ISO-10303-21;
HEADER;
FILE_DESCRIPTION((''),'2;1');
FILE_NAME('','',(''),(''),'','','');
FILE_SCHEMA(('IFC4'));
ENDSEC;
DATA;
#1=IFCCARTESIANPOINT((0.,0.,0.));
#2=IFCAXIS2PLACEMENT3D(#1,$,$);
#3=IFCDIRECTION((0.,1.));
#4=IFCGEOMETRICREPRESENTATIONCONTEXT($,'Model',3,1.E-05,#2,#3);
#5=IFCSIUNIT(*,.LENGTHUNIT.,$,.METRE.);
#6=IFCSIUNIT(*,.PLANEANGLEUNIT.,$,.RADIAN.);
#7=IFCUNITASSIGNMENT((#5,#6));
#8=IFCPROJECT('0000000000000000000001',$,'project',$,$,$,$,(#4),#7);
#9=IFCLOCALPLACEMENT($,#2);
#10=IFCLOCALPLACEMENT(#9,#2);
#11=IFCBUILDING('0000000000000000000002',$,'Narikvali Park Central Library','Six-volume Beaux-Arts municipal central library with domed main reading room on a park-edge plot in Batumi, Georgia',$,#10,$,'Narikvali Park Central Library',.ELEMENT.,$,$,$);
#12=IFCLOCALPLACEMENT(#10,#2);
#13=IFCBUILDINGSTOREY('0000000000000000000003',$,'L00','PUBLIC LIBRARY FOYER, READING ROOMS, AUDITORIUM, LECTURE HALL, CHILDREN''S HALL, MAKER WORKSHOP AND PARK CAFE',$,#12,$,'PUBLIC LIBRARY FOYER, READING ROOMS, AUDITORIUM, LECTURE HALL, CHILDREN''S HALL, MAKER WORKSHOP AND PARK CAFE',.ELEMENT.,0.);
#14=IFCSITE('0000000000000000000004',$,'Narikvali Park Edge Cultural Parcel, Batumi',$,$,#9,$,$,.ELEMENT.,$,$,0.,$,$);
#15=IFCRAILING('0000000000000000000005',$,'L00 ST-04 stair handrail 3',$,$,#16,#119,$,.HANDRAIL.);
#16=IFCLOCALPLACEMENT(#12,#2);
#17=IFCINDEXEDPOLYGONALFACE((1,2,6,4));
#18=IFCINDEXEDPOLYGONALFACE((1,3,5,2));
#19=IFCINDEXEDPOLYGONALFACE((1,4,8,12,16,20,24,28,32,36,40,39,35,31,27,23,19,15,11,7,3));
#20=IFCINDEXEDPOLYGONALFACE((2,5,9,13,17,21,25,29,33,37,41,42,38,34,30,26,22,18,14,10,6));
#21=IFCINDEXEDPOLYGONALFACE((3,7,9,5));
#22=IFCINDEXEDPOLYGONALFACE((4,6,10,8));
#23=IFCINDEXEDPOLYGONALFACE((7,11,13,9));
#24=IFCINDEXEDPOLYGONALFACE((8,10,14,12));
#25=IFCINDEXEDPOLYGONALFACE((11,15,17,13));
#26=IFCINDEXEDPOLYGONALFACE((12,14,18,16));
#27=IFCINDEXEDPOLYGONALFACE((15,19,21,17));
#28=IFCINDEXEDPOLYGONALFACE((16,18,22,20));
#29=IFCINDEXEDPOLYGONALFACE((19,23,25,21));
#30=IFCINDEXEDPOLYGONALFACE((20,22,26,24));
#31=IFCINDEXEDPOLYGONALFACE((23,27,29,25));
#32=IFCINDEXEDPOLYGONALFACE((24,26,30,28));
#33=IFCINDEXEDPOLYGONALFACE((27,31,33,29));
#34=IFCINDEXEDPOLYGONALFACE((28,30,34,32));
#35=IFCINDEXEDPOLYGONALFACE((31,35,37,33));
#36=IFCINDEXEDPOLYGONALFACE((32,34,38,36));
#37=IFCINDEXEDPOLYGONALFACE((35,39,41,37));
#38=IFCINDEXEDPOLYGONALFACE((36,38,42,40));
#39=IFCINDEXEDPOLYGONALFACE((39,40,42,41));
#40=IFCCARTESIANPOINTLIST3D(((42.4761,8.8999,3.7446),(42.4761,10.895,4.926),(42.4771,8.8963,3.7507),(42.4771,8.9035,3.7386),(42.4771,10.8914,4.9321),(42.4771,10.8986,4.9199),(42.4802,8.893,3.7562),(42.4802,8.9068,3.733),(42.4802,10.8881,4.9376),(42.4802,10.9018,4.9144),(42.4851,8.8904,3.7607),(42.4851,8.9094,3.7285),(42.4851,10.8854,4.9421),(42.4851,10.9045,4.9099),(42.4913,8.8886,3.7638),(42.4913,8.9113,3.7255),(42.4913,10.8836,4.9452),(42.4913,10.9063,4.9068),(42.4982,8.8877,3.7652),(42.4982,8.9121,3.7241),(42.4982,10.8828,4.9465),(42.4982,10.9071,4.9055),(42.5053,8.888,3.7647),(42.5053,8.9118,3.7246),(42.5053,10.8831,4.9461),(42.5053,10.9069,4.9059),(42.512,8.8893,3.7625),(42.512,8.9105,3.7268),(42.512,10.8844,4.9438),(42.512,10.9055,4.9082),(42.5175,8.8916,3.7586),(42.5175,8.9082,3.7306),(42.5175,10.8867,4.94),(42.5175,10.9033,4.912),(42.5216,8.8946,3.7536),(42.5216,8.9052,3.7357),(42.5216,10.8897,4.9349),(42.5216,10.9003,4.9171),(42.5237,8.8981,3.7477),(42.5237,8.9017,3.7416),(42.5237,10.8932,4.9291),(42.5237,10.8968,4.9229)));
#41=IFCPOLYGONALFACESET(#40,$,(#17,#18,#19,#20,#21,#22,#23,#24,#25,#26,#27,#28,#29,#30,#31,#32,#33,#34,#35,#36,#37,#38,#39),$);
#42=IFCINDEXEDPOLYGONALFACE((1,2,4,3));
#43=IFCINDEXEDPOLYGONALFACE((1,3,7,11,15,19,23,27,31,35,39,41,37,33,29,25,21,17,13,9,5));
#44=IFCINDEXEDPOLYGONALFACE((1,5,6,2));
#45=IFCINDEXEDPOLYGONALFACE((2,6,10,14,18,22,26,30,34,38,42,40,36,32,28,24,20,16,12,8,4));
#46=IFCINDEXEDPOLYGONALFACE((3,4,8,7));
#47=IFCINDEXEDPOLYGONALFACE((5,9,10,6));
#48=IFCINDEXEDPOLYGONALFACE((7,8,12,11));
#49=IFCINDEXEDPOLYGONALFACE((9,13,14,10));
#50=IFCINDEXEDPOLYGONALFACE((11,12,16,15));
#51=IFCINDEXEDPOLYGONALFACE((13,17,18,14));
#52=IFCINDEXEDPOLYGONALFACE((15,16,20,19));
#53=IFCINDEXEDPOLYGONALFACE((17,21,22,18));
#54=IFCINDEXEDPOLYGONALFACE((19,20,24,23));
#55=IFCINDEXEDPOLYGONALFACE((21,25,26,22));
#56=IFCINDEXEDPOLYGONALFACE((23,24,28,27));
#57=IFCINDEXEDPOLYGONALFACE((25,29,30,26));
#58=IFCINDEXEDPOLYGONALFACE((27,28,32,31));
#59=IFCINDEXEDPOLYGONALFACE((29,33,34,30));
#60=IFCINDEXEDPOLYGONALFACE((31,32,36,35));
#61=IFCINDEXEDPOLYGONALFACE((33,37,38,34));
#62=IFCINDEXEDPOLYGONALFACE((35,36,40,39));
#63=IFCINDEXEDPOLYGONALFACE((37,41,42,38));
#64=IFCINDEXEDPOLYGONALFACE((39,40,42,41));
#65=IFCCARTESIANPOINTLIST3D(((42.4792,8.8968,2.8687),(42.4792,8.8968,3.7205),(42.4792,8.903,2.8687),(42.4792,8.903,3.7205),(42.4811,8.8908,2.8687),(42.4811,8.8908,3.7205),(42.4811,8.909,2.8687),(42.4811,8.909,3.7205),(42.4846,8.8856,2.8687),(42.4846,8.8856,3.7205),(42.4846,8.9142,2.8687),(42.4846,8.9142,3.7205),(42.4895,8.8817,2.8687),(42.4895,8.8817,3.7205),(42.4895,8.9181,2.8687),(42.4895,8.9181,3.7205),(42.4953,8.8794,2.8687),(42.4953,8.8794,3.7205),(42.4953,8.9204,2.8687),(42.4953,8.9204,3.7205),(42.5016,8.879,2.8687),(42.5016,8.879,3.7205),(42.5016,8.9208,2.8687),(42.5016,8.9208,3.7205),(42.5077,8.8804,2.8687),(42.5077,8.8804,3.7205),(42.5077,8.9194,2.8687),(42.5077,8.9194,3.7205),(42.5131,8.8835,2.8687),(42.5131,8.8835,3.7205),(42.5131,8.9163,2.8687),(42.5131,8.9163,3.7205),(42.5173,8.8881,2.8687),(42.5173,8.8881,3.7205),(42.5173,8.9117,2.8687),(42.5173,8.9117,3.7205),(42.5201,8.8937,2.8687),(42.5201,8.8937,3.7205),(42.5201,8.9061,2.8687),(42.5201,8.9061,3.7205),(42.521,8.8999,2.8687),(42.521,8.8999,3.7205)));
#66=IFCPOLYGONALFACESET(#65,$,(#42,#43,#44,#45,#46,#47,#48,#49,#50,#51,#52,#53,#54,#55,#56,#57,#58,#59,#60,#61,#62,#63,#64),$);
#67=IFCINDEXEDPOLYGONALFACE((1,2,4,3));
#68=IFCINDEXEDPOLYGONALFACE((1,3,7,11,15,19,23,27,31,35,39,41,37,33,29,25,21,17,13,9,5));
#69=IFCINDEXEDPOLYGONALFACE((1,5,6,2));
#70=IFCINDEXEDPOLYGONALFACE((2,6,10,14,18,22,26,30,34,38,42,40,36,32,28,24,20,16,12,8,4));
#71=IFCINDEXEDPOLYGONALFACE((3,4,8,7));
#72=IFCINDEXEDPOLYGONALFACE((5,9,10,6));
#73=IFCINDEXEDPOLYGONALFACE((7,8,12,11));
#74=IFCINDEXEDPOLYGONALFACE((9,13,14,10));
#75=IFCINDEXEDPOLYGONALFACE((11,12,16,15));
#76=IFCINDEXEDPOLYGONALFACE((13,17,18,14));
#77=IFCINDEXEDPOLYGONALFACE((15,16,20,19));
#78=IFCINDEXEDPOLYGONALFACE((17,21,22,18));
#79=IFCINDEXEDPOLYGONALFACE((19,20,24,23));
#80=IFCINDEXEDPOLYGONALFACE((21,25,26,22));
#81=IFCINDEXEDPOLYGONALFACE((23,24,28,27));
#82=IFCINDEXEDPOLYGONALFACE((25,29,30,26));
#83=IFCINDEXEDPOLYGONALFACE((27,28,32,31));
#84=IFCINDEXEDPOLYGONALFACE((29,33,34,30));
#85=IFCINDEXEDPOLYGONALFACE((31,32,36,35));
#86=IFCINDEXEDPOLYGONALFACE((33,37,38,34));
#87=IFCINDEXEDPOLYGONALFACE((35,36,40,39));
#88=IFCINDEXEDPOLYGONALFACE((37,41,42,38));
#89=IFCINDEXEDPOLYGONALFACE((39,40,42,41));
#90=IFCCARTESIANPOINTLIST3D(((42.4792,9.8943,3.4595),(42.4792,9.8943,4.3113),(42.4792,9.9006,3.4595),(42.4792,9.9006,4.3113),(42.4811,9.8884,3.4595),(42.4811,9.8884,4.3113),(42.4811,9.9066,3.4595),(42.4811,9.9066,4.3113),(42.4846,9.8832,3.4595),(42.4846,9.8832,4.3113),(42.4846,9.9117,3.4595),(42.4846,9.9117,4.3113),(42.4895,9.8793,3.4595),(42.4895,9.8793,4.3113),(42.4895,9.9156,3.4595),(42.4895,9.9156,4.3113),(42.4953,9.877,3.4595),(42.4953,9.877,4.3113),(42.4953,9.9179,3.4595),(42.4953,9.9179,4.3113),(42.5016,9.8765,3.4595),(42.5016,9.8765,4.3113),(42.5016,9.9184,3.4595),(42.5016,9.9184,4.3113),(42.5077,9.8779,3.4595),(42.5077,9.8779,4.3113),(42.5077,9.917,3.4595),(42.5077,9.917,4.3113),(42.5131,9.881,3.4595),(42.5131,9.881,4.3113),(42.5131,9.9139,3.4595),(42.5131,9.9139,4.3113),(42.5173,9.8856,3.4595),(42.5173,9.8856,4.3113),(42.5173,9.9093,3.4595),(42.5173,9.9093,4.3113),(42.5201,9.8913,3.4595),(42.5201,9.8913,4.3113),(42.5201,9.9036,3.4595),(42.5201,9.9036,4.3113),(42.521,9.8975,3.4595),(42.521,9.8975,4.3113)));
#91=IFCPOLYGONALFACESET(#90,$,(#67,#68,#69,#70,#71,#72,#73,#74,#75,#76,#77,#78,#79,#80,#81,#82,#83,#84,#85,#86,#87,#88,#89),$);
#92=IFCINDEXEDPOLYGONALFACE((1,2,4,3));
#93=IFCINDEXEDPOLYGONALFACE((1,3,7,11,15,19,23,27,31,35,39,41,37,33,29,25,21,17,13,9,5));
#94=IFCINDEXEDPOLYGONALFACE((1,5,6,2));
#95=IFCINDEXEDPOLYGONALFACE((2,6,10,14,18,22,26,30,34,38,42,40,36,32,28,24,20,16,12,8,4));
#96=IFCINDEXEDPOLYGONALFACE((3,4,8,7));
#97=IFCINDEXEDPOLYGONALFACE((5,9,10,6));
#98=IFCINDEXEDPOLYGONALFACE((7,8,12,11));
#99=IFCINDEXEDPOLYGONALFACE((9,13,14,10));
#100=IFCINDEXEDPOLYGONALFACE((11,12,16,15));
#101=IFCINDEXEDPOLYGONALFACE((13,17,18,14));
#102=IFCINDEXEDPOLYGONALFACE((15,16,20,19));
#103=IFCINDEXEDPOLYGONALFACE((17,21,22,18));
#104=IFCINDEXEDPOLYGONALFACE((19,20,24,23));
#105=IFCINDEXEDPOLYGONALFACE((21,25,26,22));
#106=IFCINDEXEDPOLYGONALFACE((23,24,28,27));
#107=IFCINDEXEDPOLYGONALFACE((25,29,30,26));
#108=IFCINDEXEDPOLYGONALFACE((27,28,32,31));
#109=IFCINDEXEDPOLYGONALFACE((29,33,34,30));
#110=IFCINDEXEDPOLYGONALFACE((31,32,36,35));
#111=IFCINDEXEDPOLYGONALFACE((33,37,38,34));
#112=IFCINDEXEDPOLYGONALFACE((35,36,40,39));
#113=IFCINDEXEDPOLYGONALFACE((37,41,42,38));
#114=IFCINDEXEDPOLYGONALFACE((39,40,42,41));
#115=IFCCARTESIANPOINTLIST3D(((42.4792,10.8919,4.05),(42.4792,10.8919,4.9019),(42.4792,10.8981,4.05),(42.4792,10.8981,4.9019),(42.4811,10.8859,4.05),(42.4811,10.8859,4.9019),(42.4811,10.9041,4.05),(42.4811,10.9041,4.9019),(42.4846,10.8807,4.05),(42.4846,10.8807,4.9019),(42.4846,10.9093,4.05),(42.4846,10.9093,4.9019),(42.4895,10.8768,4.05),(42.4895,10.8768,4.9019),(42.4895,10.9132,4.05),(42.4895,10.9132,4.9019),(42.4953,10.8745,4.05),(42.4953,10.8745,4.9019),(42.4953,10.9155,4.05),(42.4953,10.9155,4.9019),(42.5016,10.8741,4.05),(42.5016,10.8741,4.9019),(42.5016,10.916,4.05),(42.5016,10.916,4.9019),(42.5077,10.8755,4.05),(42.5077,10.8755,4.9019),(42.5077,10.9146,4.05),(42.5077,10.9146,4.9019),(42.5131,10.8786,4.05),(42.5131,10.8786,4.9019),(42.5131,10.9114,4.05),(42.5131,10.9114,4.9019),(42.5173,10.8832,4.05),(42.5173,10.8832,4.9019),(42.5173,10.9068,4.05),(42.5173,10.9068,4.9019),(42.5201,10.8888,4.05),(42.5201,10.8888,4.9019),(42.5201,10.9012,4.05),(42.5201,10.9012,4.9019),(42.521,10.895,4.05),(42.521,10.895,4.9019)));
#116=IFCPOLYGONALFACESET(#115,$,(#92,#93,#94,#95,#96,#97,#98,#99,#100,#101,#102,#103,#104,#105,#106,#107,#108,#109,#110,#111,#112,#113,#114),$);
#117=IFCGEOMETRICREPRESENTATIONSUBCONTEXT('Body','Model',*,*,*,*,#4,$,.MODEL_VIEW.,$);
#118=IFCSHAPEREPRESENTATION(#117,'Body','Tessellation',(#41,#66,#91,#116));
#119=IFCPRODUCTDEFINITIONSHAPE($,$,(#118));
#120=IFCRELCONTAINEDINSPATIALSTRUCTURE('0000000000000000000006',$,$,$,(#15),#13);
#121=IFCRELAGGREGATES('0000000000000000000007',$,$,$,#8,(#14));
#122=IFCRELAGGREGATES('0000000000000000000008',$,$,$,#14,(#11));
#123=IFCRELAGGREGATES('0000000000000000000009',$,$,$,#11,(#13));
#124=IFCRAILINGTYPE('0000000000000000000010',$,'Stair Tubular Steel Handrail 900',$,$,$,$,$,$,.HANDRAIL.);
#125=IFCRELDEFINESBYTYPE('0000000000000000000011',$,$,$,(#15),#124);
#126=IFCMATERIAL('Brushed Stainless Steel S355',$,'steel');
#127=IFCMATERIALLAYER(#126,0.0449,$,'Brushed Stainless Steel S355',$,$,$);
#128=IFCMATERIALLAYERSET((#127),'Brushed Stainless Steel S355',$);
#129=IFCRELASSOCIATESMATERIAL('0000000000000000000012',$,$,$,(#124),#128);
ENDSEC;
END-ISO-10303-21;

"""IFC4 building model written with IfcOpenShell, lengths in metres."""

from ifc_helpers import new_model, si_unit, direction, frame, origin, origin_2d, place, context, subcontext, project, spatial, circle, extrude, material, layer, layer_set, type_object, element, save


model = new_model("IFC4")

# Units and contexts
model_context = context("Model", 3, precision=1e-05, world=origin(), true_north=direction((0.0, 1.0)))
body_context = subcontext(model_context, "Body", "Model", "MODEL_VIEW")
ifc_project = project(units=[si_unit("LENGTHUNIT", "METRE"), si_unit("PLANEANGLEUNIT", "RADIAN")], contexts=[model_context])

# Site, building, storey
site_placement = place(None, origin())
site = spatial("IfcSite", under=ifc_project, at=site_placement, Name="Narikvali Park Edge Cultural Parcel, Batumi", CompositionType="ELEMENT", RefElevation=0.0)
building_placement = place(site_placement, origin())
building = spatial("IfcBuilding", under=site, at=building_placement, Name="Narikvali Park Central Library", Description="Six-volume Beaux-Arts municipal central library with domed main reading room on a park-edge plot in Batumi, Georgia", LongName="Narikvali Park Central Library", CompositionType="ELEMENT")
storey_placement = place(building_placement, origin())
storey = spatial("IfcBuildingStorey", under=building, at=storey_placement, Name="L00", Description="PUBLIC LIBRARY FOYER, READING ROOMS, AUDITORIUM, LECTURE HALL, CHILDREN'S HALL, MAKER WORKSHOP AND PARK CAFE", LongName="PUBLIC LIBRARY FOYER, READING ROOMS, AUDITORIUM, LECTURE HALL, CHILDREN'S HALL, MAKER WORKSHOP AND PARK CAFE", CompositionType="ELEMENT", Elevation=0.0)

# Railing
ifc_material_1 = material(Name="Brushed Stainless Steel S355", Category="steel")
ifc_layer_1 = layer(ifc_material_1, 0.0449, Name="Brushed Stainless Steel S355")
ifc_layer_set_1 = layer_set([ifc_layer_1], Name="Brushed Stainless Steel S355")
railing_type_1 = type_object("IfcRailingType", Name="Stair Tubular Steel Handrail 900", PredefinedType="HANDRAIL", material=ifc_layer_set_1)
railing_1_placement = place(storey_placement, frame((42.5, 8.8999, 2.8687)))
element("IfcRailing", 1, at=railing_1_placement, inside=storey, type_object=railing_type_1, Name="L00 ST-04 stair handrail 3", PredefinedType="HANDRAIL", context=body_context, shape_type="SweptSolid", body=[
    extrude(circle(Radius=0.0239, at=origin_2d()), frame((0.0, 0.0, 0.876), z_axis=(0.0, 0.860461, 0.509517), x_axis=(-1.0, 0.0, 0.0)), (0.0, 0.0, 1.0), 2.3186),
    extrude(circle(Radius=0.021, at=origin_2d()), origin(), (0.0, 0.0, 1.0), 0.8518),
    extrude(circle(Radius=0.021, at=origin_2d()), frame((0.0, 0.9976, 0.5908)), (0.0, 0.0, 1.0), 0.8518),
    extrude(circle(Radius=0.021, at=origin_2d()), frame((0.0, 1.9951, 1.1814)), (0.0, 0.0, 1.0), 0.8518),
])

save(model, "model.ifc")
